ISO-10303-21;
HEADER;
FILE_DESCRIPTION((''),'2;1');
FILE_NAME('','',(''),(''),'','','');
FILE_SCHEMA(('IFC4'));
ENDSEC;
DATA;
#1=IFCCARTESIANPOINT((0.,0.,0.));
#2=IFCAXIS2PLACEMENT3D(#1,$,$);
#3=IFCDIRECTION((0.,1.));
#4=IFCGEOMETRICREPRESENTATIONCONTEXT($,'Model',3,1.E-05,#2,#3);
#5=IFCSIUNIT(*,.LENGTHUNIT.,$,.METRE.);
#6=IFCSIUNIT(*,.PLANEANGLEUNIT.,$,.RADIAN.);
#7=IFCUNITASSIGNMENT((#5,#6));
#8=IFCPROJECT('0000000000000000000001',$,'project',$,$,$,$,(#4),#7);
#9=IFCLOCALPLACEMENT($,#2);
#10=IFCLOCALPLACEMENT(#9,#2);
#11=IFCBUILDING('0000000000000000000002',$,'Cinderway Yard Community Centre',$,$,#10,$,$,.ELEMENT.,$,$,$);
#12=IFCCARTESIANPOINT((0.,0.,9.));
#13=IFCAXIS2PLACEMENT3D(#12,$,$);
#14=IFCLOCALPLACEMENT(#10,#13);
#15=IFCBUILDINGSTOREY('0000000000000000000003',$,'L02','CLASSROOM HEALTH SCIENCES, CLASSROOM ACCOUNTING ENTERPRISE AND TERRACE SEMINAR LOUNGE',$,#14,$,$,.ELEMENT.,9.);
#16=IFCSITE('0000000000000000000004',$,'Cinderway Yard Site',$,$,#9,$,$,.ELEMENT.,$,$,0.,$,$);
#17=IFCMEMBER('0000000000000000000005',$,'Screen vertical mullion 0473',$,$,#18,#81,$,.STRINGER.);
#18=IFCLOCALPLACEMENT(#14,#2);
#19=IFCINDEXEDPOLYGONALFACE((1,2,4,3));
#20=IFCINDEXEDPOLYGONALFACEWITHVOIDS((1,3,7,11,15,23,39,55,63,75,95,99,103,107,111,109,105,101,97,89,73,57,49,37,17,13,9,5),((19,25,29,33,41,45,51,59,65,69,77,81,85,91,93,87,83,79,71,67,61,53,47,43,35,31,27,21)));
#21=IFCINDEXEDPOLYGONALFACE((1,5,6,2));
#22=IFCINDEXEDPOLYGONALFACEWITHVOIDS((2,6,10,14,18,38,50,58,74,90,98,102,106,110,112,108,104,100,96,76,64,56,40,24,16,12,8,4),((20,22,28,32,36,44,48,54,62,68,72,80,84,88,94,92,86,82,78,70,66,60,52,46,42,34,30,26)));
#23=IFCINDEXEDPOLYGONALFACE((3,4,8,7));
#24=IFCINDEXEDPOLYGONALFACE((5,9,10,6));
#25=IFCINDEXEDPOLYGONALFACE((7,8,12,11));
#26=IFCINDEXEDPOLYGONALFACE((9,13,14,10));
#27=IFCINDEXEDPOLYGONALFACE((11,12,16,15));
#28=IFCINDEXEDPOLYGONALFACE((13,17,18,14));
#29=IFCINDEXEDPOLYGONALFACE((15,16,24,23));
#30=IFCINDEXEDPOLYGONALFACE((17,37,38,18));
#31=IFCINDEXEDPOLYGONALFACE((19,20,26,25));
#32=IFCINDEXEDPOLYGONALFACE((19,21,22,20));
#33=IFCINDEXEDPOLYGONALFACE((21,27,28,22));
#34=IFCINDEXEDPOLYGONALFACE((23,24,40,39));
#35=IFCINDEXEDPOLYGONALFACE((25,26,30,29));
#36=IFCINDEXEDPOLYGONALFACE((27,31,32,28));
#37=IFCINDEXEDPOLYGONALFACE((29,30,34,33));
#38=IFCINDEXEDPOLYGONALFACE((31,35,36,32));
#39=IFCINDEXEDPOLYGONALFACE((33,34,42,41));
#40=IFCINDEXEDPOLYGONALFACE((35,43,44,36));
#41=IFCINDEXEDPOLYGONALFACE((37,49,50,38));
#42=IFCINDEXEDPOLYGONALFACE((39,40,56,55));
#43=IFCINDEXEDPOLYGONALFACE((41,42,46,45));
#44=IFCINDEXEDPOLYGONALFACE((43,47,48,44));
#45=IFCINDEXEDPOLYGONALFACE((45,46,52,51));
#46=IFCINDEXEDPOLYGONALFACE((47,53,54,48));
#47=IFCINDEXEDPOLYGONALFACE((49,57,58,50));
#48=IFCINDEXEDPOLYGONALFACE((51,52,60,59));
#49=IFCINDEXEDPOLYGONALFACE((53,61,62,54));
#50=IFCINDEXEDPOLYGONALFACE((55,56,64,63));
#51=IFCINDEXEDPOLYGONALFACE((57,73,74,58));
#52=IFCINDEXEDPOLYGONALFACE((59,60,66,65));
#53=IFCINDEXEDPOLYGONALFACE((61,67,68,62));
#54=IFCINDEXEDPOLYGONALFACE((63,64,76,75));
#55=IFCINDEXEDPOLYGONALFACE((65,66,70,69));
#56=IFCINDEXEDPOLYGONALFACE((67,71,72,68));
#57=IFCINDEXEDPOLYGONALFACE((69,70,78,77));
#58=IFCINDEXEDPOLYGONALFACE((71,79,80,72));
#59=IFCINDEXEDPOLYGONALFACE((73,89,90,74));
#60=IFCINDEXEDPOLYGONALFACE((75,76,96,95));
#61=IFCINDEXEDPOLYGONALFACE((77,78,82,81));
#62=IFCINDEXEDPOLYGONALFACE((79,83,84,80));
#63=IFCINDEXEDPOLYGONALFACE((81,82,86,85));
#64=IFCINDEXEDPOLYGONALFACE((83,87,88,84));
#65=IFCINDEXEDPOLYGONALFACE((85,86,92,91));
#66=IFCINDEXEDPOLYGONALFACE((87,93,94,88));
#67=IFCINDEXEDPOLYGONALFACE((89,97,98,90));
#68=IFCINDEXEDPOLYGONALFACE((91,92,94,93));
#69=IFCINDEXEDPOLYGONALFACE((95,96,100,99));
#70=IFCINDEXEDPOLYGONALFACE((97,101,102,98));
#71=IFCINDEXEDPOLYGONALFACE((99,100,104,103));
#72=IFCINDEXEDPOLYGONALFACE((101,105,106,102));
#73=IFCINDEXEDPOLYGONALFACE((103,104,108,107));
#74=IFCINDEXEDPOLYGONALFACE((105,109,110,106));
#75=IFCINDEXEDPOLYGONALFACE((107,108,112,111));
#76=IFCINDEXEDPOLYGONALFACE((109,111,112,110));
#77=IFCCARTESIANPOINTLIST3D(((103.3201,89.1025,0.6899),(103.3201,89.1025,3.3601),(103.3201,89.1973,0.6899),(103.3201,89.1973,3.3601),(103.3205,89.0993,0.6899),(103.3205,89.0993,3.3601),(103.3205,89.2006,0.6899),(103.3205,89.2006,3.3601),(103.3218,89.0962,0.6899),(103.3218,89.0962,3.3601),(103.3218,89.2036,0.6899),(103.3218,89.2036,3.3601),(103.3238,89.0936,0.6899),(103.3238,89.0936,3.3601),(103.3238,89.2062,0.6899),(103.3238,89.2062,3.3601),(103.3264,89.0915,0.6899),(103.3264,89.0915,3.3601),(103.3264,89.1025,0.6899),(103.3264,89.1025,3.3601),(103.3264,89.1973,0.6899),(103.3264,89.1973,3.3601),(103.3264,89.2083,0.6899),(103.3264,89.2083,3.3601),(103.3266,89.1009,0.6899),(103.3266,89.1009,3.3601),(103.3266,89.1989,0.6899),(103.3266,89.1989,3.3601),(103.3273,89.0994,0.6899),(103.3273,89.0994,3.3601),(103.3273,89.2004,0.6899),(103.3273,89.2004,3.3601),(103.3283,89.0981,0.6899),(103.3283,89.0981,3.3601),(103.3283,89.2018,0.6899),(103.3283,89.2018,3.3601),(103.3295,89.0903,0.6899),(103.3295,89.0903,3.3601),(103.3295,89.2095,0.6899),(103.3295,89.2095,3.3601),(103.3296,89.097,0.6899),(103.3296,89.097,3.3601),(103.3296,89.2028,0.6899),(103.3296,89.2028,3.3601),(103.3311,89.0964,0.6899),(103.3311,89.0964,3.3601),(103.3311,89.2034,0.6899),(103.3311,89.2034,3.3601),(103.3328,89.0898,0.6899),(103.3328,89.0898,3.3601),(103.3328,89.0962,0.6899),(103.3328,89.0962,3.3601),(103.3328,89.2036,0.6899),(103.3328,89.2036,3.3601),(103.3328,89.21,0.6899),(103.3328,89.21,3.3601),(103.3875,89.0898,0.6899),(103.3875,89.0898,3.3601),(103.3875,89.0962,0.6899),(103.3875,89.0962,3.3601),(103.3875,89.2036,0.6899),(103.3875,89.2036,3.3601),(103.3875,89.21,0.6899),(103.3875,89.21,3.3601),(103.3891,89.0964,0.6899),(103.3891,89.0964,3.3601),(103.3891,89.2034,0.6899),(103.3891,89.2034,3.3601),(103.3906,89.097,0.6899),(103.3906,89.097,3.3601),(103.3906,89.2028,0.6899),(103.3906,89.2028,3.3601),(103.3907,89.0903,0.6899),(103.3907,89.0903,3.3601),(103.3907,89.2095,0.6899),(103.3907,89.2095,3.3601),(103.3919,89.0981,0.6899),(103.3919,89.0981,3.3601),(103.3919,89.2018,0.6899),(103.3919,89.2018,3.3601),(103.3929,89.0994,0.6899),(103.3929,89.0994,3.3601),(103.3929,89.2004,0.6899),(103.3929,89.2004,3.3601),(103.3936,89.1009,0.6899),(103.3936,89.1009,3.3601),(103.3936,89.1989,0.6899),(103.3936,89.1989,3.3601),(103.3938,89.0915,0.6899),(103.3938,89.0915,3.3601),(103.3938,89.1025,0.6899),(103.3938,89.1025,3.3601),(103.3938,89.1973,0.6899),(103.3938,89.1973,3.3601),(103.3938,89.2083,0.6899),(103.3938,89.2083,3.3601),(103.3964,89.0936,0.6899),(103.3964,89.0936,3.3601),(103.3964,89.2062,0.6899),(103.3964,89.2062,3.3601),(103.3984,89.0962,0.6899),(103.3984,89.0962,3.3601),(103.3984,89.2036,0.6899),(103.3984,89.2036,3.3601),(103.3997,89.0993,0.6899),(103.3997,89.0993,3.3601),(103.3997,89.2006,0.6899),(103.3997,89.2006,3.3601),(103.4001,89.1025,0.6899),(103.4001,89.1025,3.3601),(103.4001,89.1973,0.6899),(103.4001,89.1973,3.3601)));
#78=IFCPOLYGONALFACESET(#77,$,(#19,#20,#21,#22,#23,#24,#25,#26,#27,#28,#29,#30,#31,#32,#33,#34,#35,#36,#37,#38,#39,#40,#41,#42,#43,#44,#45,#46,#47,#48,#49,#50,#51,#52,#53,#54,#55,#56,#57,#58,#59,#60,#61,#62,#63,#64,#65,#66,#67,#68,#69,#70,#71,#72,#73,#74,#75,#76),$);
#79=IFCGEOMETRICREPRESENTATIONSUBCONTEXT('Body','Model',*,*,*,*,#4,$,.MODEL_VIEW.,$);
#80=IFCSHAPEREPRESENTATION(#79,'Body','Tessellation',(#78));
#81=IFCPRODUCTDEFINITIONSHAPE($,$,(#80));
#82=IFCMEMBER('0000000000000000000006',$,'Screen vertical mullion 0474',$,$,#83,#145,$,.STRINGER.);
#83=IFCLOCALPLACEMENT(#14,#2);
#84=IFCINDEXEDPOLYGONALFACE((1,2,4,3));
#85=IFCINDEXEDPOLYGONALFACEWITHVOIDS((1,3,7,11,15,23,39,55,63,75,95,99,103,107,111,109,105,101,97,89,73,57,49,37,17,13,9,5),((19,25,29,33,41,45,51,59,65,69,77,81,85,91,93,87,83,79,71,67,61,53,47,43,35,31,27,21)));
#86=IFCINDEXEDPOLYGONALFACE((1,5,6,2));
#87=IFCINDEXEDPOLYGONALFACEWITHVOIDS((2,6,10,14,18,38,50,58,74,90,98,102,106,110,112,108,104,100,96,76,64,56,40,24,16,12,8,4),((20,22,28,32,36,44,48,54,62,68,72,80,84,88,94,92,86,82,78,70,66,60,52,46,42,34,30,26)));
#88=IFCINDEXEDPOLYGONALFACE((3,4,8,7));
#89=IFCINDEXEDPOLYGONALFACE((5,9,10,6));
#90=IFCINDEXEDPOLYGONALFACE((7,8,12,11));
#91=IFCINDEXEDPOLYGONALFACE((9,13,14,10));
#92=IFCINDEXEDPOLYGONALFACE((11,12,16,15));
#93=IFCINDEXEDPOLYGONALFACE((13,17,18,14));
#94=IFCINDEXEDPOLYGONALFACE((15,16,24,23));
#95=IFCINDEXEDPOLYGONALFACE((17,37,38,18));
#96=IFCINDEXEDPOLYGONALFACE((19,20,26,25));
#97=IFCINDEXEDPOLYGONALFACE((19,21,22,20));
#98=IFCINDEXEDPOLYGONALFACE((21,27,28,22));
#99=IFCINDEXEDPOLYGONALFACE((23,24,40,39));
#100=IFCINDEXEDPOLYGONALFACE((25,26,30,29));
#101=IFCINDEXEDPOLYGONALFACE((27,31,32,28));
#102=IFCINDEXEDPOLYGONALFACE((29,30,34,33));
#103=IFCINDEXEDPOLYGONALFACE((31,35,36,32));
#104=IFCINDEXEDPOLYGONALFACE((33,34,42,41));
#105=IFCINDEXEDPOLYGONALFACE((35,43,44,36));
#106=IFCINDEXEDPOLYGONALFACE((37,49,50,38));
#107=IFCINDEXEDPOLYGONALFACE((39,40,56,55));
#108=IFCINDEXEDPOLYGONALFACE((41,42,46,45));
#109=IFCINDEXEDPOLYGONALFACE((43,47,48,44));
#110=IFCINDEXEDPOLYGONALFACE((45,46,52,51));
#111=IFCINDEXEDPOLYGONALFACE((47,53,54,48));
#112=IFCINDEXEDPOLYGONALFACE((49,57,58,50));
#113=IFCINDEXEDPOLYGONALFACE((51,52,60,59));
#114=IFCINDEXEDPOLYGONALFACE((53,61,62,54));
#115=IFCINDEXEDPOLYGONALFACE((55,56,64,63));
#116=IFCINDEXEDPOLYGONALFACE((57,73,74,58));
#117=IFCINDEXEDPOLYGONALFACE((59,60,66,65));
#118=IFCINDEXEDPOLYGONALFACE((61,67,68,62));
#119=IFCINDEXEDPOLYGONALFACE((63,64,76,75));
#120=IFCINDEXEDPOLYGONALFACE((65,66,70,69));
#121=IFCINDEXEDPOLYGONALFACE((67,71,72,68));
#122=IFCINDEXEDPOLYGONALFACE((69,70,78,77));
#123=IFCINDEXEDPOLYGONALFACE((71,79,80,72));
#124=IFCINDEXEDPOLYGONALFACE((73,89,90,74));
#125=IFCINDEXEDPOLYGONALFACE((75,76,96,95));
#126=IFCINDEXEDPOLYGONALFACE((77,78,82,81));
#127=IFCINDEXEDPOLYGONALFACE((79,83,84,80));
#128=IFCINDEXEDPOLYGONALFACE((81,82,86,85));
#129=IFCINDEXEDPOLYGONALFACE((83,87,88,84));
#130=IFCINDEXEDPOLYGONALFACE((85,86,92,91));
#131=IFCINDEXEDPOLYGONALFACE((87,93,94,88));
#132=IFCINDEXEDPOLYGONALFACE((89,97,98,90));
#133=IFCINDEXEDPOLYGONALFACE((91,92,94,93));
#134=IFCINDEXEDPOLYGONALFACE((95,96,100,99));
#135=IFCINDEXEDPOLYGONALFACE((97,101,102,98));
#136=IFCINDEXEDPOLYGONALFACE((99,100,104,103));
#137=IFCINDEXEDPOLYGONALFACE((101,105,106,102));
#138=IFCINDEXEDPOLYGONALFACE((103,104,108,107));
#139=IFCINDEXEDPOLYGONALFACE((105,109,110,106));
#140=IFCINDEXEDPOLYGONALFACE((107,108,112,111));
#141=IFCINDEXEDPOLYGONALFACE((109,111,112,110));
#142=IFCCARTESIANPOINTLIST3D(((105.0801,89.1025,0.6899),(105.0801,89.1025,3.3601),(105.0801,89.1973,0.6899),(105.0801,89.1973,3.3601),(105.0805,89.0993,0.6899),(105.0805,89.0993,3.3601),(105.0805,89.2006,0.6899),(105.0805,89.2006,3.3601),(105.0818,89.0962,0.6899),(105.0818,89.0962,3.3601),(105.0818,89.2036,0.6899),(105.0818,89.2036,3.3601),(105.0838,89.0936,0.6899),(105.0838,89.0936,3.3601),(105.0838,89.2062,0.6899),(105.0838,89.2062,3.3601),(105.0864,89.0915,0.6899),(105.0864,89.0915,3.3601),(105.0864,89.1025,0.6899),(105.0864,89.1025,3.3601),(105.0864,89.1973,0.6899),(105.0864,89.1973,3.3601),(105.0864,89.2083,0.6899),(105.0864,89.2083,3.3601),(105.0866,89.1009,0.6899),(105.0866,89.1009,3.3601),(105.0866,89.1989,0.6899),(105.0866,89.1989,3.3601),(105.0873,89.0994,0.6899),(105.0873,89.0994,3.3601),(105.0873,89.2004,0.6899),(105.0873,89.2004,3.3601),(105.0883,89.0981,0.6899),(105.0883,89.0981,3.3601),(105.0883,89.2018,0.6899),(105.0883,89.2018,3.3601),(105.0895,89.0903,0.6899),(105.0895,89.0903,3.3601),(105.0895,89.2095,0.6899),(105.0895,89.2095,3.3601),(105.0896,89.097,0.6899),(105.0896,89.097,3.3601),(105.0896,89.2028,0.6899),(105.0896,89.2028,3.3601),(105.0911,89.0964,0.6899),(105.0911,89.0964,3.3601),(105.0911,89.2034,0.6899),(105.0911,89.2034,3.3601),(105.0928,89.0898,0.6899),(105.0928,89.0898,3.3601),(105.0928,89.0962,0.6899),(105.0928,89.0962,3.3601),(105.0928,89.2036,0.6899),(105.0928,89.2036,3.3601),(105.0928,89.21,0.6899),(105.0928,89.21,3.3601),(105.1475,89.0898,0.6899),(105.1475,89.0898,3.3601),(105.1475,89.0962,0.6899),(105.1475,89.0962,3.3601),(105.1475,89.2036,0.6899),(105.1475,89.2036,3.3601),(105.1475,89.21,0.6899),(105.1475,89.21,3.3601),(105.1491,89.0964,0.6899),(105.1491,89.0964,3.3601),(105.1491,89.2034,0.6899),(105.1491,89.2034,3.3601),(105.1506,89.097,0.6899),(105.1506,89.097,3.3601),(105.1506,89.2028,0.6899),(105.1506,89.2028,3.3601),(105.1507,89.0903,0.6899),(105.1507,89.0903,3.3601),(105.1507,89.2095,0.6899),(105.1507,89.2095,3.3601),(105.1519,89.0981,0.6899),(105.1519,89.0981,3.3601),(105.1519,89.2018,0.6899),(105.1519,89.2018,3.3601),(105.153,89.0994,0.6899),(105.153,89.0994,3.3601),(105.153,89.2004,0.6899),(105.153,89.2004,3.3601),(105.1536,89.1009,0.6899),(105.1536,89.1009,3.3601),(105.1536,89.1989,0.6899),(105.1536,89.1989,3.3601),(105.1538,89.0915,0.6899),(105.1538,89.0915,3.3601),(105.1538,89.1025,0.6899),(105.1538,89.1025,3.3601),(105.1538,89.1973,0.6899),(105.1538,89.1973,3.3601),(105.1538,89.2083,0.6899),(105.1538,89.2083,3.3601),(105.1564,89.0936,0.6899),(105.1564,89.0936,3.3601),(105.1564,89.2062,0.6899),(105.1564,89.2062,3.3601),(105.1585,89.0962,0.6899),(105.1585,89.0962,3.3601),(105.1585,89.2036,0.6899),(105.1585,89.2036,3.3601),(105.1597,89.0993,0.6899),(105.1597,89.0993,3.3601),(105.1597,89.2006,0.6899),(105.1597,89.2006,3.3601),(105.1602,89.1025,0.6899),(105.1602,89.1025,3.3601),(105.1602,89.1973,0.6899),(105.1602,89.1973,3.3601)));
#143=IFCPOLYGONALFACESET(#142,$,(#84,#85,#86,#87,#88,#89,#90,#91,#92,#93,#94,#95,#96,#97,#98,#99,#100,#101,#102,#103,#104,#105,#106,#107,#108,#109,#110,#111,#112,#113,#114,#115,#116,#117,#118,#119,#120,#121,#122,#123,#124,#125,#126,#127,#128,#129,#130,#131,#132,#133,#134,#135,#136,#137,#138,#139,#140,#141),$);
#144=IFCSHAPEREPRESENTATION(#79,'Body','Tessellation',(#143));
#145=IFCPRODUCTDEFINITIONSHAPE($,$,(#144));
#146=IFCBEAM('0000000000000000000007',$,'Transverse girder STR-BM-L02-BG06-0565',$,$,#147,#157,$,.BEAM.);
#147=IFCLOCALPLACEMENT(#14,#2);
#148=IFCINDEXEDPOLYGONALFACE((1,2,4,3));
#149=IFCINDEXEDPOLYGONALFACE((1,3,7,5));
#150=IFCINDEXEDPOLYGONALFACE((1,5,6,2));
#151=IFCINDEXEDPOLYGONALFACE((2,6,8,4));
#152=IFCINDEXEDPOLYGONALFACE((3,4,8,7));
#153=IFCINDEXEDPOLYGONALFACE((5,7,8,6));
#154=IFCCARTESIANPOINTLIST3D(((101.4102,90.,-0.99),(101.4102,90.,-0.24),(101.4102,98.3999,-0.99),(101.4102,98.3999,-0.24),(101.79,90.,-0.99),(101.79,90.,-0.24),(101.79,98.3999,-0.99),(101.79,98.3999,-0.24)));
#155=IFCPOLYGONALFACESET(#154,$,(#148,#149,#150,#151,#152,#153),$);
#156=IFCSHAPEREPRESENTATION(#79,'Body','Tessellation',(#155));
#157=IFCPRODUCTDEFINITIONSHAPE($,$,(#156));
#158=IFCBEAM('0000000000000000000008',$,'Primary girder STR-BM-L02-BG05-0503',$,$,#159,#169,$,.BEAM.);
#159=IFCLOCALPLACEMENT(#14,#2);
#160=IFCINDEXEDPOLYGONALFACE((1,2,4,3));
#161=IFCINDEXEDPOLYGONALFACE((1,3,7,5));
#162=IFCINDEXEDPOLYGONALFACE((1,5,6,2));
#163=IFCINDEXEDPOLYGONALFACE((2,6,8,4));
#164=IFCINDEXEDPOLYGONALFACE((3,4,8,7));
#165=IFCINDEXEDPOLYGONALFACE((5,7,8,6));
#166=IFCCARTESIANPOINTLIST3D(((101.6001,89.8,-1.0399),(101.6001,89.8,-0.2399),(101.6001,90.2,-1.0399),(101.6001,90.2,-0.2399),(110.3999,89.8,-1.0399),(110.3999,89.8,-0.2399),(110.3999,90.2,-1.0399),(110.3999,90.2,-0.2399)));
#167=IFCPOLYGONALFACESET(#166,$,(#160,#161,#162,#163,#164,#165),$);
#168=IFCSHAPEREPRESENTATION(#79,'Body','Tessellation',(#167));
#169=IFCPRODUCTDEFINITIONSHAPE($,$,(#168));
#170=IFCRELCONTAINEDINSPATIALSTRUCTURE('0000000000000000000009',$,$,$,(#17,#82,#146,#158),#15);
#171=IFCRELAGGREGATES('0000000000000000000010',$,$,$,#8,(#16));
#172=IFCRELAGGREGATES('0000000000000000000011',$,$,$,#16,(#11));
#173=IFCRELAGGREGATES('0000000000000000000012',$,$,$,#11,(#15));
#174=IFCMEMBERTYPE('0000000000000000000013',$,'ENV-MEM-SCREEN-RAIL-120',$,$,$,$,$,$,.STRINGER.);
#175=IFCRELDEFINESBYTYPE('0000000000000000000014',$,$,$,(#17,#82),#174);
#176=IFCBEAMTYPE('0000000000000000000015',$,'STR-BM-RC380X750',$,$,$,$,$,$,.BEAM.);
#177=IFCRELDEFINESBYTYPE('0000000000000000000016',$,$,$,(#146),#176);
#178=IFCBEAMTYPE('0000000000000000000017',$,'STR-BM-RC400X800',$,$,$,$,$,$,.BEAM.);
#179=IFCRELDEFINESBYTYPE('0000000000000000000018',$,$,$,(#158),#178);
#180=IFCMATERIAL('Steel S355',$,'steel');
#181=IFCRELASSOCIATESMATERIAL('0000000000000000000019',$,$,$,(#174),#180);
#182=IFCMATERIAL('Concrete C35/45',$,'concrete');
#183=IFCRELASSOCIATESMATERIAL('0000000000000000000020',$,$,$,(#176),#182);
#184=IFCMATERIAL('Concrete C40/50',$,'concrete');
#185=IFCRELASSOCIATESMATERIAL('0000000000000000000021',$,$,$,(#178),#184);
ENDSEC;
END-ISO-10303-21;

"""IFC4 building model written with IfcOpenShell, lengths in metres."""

from ifc_helpers import new_model, si_unit, direction, frame, origin, origin_2d, place, context, subcontext, project, spatial, rectangle, hollow_rectangle, extrude, material, material_profile, profile_set, type_object, element, save


model = new_model("IFC4")

# Units and contexts
model_context = context("Model", 3, precision=1e-05, world=origin(), true_north=direction((0.0, 1.0)))
body_context = subcontext(model_context, "Body", "Model", "MODEL_VIEW")
ifc_project = project(units=[si_unit("LENGTHUNIT", "METRE"), si_unit("PLANEANGLEUNIT", "RADIAN")], contexts=[model_context])

# Site, building, storey
site_placement = place(None, origin())
site = spatial("IfcSite", under=ifc_project, at=site_placement, Name="Cinderway Yard Site", CompositionType="ELEMENT", RefElevation=0.0)
building_placement = place(site_placement, origin())
building = spatial("IfcBuilding", under=site, at=building_placement, Name="Cinderway Yard Community Centre", CompositionType="ELEMENT")
storey_placement = place(building_placement, frame((0.0, 0.0, 9.0)))
storey = spatial("IfcBuildingStorey", under=building, at=storey_placement, Name="L02", Description="CLASSROOM HEALTH SCIENCES, CLASSROOM ACCOUNTING ENTERPRISE AND TERRACE SEMINAR LOUNGE", CompositionType="ELEMENT", Elevation=9.0)

# Shared definitions
ifc_material_1 = material(Name="Concrete C40/50", Category="concrete")

# Members
ifc_material_2 = material(Name="Steel S355", Category="steel")
ifc_material_profile_1 = material_profile(ifc_material_2, hollow_rectangle(XDim=0.0801, YDim=0.1201, WallThickness=0.0063, InnerFilletRadius=0.0063, OuterFilletRadius=0.0127, at=origin_2d()), Name="Steel S355")
ifc_profile_set_1 = profile_set([ifc_material_profile_1], Name="Steel S355")
member_type_1 = type_object("IfcMemberType", Name="ENV-MEM-SCREEN-RAIL-120", PredefinedType="STRINGER", material=ifc_profile_set_1)
for number, where, z_axis, x_axis, name in (
    (1, (103.3601, 89.1499, 0.6899), (0.0, 0.0, 1.0), (1.0, 0.0, 0.0), "Screen vertical mullion 0473"),
    (2, (105.1201, 89.1499, 0.6899), (0.0, 0.0, 1.0), (1.0, 0.0, 0.0), "Screen vertical mullion 0474"),
):
    element("IfcMember", number, at=place(storey_placement, frame(where, z_axis=z_axis, x_axis=x_axis)), inside=storey, type_object=member_type_1, Name=name, PredefinedType="STRINGER", context=body_context, shape_type="SweptSolid", body=[
        extrude(hollow_rectangle(XDim=0.0801, YDim=0.1201, WallThickness=0.0063, InnerFilletRadius=0.0063, OuterFilletRadius=0.0127, at=origin_2d()), origin(), (0.0, 0.0, 1.0), 2.6702),
    ])

# Beams
ifc_material_3 = material(Name="Concrete C35/45", Category="concrete")
ifc_material_profile_2 = material_profile(ifc_material_3, rectangle(XDim=0.3799, YDim=0.75, at=origin_2d()), Name="Concrete C35/45")
ifc_profile_set_2 = profile_set([ifc_material_profile_2], Name="Concrete C35/45")
beam_type_1 = type_object("IfcBeamType", Name="STR-BM-RC380X750", PredefinedType="BEAM", material=ifc_profile_set_2)
beam_1_placement = place(storey_placement, frame((101.6001, 90.0, -0.615), z_axis=(0.0, 1.0, 0.0), x_axis=(-1.0, 0.0, 0.0)))
element("IfcBeam", 3, at=beam_1_placement, inside=storey, type_object=beam_type_1, Name="Transverse girder STR-BM-L02-BG06-0565", PredefinedType="BEAM", context=body_context, shape_type="SweptSolid", body=[
    extrude(rectangle(XDim=0.3799, YDim=0.75, at=origin_2d()), origin(), (0.0, 0.0, 1.0), 8.3999),
])
ifc_material_profile_3 = material_profile(ifc_material_1, rectangle(XDim=0.3999, YDim=0.8, at=origin_2d()), Name="Concrete C40/50")
ifc_profile_set_3 = profile_set([ifc_material_profile_3], Name="Concrete C40/50")
beam_type_2 = type_object("IfcBeamType", Name="STR-BM-RC400X800", PredefinedType="BEAM", material=ifc_profile_set_3)
beam_2_placement = place(storey_placement, frame((101.6001, 90.0, -0.6399), z_axis=(1.0, 0.0, 0.0), x_axis=(0.0, 1.0, 0.0)))
element("IfcBeam", 4, at=beam_2_placement, inside=storey, type_object=beam_type_2, Name="Primary girder STR-BM-L02-BG05-0503", PredefinedType="BEAM", context=body_context, shape_type="SweptSolid", body=[
    extrude(rectangle(XDim=0.3999, YDim=0.8, at=origin_2d()), origin(), (0.0, 0.0, 1.0), 8.7998),
])

save(model, "model.ifc")
